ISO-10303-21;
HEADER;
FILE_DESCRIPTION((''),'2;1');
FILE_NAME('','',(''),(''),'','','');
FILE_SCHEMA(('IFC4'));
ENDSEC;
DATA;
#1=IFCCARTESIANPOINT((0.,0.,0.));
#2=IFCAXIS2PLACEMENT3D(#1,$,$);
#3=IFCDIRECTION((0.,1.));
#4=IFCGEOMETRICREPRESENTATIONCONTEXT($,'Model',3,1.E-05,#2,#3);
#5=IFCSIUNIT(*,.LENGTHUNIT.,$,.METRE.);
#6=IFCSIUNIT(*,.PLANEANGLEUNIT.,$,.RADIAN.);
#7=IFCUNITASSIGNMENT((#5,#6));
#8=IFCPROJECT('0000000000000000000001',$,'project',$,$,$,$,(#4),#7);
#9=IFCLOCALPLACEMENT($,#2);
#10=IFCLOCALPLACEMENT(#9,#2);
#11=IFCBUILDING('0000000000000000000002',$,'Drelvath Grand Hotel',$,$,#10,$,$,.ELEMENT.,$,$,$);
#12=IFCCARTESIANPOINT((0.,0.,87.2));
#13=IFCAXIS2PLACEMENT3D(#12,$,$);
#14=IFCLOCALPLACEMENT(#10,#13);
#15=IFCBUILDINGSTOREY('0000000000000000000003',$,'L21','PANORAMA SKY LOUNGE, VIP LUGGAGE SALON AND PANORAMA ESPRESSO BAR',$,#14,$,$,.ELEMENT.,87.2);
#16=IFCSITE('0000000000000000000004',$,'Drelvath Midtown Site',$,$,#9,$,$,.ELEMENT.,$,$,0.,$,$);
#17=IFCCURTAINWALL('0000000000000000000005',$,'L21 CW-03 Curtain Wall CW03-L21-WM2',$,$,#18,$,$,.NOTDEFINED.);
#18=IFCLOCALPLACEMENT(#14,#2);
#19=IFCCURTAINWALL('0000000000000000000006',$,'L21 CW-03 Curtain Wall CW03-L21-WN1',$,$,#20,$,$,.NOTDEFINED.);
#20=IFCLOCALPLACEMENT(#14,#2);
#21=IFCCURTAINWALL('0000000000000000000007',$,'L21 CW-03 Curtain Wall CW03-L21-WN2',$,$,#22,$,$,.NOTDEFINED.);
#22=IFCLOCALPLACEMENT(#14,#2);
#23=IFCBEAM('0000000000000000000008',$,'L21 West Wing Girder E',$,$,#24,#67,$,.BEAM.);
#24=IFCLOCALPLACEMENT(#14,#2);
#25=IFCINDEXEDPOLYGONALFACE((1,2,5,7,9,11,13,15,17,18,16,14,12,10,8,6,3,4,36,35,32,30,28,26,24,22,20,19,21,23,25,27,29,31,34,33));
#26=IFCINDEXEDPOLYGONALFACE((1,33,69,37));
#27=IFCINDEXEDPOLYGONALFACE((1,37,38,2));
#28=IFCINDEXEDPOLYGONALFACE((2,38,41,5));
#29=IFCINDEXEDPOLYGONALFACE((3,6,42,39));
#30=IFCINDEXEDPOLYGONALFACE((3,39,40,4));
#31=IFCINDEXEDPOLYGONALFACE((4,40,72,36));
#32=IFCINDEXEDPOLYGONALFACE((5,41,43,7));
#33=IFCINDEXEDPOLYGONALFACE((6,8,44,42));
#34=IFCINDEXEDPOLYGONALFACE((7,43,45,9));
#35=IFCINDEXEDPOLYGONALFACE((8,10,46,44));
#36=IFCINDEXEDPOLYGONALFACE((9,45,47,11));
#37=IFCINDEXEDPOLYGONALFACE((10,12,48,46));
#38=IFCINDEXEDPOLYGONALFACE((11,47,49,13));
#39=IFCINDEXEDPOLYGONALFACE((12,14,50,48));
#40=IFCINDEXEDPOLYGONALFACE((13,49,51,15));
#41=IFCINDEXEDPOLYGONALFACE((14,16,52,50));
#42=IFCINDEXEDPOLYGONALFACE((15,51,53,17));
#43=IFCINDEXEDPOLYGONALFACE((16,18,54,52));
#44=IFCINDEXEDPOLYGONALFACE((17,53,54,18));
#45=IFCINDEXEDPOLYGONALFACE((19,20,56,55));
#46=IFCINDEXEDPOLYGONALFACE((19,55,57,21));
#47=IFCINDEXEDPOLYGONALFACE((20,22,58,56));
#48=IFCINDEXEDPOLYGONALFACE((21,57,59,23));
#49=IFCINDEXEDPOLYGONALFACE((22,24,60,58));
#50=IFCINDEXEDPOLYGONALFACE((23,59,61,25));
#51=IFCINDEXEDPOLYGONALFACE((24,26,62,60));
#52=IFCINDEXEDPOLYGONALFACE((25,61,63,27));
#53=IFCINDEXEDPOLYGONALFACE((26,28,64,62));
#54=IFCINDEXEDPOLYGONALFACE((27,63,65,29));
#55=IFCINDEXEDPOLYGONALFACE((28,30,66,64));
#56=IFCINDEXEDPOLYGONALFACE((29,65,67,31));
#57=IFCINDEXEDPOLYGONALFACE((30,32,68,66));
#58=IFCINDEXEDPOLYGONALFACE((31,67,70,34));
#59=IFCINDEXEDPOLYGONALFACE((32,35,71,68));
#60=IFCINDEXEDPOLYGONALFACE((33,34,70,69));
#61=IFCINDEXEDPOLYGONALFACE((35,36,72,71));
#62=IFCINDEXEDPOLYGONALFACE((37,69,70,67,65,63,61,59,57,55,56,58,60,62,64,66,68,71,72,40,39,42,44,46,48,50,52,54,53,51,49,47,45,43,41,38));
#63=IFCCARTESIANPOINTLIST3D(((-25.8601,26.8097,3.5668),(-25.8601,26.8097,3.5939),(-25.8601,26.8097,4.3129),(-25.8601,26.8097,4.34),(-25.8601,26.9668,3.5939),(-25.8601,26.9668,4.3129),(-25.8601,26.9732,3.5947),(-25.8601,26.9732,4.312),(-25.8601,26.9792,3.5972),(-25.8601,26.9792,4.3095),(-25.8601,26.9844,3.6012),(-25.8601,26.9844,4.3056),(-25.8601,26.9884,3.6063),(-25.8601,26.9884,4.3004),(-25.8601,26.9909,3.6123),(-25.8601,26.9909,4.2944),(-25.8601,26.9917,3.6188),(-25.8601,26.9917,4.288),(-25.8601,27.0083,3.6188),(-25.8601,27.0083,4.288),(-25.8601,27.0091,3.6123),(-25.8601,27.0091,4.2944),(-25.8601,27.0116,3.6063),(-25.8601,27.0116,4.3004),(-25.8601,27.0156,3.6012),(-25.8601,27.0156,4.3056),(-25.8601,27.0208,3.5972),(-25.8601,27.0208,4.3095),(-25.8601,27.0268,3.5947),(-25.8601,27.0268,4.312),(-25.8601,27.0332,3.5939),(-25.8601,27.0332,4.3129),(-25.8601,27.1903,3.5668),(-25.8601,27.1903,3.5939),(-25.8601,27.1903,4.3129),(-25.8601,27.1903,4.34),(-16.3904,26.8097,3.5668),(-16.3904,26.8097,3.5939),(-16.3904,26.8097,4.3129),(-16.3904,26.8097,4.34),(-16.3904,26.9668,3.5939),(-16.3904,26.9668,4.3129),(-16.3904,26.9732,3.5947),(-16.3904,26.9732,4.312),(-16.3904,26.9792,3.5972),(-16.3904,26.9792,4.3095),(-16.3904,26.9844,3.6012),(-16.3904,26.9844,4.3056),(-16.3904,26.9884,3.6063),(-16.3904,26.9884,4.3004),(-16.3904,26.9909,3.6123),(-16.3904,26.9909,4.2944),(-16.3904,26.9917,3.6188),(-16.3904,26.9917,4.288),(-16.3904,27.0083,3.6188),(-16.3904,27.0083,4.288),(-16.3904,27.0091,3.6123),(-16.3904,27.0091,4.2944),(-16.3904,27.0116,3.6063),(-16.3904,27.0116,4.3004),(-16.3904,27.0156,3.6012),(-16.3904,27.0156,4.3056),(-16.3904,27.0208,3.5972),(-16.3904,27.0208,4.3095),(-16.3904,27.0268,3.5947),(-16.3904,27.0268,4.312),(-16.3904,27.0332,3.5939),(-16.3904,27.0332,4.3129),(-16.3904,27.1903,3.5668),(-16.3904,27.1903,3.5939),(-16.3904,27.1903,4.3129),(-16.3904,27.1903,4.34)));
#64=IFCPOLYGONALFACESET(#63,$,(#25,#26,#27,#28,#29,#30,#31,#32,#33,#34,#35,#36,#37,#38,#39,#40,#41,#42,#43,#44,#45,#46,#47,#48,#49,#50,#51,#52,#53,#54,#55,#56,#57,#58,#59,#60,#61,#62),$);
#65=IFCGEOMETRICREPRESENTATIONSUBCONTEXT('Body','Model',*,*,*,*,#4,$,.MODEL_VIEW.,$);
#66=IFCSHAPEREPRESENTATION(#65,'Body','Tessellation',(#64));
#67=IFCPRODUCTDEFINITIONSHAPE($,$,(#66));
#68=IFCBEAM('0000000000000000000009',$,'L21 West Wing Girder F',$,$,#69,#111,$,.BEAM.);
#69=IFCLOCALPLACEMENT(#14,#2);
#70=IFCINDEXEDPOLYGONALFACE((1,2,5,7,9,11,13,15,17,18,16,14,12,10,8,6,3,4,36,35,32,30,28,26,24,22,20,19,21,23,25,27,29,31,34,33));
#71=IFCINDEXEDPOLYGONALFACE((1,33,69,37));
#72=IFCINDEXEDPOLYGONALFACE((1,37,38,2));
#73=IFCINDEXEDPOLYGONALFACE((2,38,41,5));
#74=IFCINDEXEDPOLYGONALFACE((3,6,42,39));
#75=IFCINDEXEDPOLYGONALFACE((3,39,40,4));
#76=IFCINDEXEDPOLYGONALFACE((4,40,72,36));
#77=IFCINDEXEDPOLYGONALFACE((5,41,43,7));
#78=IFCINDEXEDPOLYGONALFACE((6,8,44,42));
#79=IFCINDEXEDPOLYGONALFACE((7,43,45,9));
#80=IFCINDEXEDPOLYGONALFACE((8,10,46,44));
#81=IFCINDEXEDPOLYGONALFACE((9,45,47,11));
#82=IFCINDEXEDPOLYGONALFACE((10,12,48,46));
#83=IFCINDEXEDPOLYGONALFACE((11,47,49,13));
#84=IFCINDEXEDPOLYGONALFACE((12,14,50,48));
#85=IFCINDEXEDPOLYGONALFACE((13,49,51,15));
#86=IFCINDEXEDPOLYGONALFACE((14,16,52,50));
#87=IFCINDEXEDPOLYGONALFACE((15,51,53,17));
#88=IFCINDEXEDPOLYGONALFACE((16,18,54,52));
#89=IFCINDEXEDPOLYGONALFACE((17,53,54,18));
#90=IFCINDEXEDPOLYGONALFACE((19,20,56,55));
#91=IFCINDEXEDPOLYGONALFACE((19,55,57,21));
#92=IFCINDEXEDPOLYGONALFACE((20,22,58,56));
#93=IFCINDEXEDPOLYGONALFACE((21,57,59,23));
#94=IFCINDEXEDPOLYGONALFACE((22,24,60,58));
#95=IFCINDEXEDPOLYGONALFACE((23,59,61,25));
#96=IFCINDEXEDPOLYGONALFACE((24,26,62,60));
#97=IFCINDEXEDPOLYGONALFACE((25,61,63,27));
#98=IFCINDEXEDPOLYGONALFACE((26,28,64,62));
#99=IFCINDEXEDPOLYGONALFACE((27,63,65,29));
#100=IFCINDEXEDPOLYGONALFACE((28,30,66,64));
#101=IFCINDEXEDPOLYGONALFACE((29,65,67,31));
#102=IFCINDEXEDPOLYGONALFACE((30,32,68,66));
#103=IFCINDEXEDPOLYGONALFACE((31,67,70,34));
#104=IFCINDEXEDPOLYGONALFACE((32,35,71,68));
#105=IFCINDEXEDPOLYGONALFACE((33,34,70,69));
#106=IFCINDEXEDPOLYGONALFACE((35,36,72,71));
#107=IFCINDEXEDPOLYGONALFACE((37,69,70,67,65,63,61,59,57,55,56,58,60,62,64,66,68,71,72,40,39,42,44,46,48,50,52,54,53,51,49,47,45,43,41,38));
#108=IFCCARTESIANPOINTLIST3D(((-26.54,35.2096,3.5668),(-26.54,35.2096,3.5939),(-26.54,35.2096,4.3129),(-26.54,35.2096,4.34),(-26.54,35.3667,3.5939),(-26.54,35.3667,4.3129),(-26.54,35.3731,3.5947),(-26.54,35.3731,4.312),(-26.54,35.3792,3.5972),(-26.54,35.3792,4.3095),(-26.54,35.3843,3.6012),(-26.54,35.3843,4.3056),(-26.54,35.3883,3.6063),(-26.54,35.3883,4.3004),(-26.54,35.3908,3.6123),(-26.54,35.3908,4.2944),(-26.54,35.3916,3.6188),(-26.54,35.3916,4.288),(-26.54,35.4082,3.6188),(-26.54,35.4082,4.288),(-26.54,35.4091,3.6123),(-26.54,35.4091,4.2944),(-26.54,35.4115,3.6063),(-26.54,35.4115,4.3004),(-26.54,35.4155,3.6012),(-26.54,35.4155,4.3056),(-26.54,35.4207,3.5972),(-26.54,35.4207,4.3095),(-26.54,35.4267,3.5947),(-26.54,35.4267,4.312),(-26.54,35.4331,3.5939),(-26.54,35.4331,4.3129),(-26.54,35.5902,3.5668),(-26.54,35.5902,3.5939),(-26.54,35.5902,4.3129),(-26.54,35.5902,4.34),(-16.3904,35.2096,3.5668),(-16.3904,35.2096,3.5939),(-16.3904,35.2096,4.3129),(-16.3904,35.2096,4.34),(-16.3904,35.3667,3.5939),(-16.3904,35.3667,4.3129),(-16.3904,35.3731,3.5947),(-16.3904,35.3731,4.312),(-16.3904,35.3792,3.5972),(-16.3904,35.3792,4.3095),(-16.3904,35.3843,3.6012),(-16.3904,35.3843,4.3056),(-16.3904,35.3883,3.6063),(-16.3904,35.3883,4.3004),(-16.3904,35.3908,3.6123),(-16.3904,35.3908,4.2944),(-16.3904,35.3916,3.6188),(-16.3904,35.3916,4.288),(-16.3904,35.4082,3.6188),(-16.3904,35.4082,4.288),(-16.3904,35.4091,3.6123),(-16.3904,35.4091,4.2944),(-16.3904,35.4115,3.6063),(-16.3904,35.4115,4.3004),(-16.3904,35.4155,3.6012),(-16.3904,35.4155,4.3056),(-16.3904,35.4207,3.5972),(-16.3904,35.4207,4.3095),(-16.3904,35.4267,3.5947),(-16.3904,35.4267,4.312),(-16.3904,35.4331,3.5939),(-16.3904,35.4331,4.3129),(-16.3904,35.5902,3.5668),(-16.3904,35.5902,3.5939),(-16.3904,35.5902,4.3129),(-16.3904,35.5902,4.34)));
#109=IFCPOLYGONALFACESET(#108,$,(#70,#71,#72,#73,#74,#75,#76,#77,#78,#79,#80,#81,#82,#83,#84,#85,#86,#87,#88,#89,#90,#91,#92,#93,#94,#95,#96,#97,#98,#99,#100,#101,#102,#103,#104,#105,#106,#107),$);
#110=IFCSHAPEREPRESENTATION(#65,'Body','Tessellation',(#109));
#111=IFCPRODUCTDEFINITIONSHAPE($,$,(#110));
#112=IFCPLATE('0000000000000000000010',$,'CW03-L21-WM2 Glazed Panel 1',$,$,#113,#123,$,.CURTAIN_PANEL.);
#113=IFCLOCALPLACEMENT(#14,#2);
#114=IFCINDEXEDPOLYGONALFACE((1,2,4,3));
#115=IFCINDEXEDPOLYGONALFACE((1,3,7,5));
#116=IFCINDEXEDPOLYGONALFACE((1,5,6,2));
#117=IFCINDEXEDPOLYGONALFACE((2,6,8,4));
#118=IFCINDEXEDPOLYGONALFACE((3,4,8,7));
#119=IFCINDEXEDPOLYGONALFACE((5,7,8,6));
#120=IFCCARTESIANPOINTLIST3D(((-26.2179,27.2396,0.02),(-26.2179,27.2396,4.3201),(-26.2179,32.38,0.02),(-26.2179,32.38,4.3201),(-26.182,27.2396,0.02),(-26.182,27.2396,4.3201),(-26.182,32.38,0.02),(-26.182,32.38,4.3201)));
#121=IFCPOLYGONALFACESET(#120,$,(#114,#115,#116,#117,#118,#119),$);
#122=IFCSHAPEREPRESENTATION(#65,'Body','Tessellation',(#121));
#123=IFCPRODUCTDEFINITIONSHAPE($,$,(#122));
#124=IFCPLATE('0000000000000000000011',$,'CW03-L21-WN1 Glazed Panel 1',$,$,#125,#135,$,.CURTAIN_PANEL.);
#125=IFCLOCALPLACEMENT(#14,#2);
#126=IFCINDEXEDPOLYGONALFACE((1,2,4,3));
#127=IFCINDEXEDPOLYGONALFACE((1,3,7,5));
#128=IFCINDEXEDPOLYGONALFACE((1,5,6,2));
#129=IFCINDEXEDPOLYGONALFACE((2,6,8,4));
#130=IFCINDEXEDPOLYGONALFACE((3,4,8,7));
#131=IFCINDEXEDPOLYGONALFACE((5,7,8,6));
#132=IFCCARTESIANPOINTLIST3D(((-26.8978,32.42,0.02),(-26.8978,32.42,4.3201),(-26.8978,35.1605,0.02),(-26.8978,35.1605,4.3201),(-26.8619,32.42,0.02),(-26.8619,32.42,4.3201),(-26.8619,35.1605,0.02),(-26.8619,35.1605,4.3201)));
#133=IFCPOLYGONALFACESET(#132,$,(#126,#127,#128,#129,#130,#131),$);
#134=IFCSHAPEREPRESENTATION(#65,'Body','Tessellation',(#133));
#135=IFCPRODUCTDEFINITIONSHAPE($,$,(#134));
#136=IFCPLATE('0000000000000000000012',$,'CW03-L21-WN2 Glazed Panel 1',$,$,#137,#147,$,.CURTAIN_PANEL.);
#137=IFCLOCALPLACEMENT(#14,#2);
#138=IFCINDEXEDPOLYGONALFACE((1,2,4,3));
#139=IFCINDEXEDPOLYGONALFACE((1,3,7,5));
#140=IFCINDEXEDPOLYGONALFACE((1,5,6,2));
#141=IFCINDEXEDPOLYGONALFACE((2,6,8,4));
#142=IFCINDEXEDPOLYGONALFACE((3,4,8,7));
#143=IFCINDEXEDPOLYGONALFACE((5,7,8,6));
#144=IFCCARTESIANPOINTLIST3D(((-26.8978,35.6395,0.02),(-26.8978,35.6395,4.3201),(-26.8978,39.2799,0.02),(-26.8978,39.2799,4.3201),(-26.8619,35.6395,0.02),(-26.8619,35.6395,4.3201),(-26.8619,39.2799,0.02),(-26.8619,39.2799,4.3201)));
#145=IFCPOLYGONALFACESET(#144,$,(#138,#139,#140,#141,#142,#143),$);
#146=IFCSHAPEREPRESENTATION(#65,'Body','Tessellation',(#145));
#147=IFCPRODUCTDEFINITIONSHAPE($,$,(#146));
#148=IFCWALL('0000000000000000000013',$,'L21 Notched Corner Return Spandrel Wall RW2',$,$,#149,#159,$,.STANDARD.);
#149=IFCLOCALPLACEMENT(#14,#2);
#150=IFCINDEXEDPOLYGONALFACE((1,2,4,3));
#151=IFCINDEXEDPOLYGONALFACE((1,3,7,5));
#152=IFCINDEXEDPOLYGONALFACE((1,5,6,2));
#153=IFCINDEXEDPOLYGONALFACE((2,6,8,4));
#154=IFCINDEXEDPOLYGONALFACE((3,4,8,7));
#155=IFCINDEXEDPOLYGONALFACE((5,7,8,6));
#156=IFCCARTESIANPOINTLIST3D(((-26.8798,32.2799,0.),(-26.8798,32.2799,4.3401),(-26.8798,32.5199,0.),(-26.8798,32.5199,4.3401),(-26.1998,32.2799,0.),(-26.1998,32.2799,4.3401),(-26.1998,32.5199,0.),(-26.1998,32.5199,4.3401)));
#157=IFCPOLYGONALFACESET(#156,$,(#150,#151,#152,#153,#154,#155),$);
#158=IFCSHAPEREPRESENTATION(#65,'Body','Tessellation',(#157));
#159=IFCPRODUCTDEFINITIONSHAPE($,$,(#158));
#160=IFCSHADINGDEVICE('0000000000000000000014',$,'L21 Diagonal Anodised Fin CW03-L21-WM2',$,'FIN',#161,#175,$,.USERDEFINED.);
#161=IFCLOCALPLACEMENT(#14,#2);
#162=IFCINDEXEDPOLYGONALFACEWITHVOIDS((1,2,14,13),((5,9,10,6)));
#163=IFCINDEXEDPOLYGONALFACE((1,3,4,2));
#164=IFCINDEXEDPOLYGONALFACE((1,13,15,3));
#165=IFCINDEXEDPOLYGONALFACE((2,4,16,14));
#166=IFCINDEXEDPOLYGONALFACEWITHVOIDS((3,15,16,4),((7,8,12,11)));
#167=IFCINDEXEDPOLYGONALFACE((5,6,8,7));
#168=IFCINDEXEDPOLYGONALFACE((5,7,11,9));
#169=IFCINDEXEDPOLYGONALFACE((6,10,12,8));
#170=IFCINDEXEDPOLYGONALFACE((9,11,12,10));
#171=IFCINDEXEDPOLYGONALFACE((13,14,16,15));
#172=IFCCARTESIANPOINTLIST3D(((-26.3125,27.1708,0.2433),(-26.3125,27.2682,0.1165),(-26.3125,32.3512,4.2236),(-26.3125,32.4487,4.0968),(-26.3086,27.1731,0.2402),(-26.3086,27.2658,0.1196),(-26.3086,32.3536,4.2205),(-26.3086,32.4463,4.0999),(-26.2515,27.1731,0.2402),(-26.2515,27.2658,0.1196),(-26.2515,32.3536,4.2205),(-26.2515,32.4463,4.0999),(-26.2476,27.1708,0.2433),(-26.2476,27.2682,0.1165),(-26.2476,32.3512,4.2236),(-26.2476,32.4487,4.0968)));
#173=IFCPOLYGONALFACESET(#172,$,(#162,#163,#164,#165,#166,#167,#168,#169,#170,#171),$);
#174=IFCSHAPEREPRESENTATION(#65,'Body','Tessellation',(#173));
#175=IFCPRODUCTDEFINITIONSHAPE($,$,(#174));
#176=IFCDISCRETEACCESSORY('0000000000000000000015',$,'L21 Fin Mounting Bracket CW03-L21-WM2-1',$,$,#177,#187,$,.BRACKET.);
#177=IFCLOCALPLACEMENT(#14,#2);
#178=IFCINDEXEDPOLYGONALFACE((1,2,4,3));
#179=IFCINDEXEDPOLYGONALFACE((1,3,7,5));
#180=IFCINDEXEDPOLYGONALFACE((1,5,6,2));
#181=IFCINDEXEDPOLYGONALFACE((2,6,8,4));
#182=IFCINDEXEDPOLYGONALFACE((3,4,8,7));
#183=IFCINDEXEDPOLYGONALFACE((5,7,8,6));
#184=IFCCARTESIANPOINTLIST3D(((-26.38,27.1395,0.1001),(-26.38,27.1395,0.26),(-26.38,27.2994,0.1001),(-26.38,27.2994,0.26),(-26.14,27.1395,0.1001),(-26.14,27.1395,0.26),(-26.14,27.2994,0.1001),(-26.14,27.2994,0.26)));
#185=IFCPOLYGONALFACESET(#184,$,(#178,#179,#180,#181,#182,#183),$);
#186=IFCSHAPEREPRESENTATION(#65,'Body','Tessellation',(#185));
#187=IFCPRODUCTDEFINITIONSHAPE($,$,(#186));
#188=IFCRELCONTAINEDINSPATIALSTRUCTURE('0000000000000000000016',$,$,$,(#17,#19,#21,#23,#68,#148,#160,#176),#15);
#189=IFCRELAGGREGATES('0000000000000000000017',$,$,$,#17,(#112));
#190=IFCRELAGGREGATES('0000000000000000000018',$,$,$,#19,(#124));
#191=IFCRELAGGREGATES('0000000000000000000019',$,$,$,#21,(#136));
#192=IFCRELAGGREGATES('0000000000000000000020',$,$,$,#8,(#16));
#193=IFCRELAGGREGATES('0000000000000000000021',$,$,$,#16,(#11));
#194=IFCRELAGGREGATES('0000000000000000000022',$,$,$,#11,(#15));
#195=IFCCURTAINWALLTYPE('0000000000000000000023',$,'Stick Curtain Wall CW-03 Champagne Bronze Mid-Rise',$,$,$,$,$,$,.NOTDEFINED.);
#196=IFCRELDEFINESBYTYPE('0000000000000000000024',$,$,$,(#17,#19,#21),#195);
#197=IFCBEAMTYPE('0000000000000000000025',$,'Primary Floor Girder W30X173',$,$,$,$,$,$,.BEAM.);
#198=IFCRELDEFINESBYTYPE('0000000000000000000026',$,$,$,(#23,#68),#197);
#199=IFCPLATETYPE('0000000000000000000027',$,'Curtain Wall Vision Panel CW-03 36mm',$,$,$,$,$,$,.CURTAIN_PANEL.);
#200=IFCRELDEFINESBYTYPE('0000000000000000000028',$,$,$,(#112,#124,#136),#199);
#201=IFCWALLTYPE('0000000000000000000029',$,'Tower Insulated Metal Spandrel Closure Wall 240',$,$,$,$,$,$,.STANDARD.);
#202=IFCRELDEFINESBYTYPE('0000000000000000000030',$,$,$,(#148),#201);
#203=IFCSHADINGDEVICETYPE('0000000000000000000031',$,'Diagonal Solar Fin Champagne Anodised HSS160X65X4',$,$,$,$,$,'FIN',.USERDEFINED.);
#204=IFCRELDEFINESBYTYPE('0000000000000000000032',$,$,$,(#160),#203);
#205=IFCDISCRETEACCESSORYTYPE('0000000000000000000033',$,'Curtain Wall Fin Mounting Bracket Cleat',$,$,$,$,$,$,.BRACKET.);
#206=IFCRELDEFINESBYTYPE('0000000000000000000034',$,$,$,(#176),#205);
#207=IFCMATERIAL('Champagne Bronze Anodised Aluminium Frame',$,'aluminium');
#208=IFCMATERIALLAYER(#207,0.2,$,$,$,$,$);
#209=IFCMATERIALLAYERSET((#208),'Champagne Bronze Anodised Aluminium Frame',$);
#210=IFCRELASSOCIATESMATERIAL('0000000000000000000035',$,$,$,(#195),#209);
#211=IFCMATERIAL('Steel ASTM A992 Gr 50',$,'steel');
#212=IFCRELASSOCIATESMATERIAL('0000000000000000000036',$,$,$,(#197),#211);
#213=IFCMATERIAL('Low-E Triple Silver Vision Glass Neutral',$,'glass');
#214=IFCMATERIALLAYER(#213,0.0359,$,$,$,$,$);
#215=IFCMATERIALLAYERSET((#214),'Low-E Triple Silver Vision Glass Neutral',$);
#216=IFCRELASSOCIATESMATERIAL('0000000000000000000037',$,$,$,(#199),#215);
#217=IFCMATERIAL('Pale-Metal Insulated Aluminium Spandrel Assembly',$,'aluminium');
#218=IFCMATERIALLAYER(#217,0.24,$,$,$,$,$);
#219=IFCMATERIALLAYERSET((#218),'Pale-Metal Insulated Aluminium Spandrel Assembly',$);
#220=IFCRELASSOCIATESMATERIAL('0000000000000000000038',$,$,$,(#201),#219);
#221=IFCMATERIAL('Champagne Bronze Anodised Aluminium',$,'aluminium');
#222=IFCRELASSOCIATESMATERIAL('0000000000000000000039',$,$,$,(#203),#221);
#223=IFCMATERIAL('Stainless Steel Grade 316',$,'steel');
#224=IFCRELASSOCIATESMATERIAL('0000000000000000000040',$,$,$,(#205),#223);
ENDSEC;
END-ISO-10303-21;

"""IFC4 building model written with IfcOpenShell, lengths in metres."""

from ifc_helpers import new_model, si_unit, direction, frame, frame_2d, origin, origin_2d, place, context, subcontext, project, spatial, rectangle, hollow_rectangle, i_section, extrude, material, layer, layer_set, material_profile, profile_set, type_object, element, aggregate, save


model = new_model("IFC4")

# Units and contexts
model_context = context("Model", 3, precision=1e-05, world=origin(), true_north=direction((0.0, 1.0)))
body_context = subcontext(model_context, "Body", "Model", "MODEL_VIEW")
ifc_project = project(units=[si_unit("LENGTHUNIT", "METRE"), si_unit("PLANEANGLEUNIT", "RADIAN")], contexts=[model_context])

# Site, building, storey
site_placement = place(None, origin())
site = spatial("IfcSite", under=ifc_project, at=site_placement, Name="Drelvath Midtown Site", CompositionType="ELEMENT", RefElevation=0.0)
building_placement = place(site_placement, origin())
building = spatial("IfcBuilding", under=site, at=building_placement, Name="Drelvath Grand Hotel", CompositionType="ELEMENT")
storey_placement = place(building_placement, frame((0.0, 0.0, 87.2)))
storey = spatial("IfcBuildingStorey", under=building, at=storey_placement, Name="L21", Description="PANORAMA SKY LOUNGE, VIP LUGGAGE SALON AND PANORAMA ESPRESSO BAR", CompositionType="ELEMENT", Elevation=87.2)

# Curtain walls
ifc_material_1 = material(Name="Champagne Bronze Anodised Aluminium Frame", Category="aluminium")
ifc_layer_1 = layer(ifc_material_1, 0.2)
ifc_layer_set_1 = layer_set([ifc_layer_1], Name="Champagne Bronze Anodised Aluminium Frame")
curtain_wall_type = type_object("IfcCurtainWallType", Name="Stick Curtain Wall CW-03 Champagne Bronze Mid-Rise", PredefinedType="NOTDEFINED", material=ifc_layer_set_1)
curtain_wall_1_placement = place(storey_placement, origin())
curtain_wall_1 = element("IfcCurtainWall", 1, at=curtain_wall_1_placement, inside=storey, type_object=curtain_wall_type, Name="L21 CW-03 Curtain Wall CW03-L21-WM2", PredefinedType="NOTDEFINED")
curtain_wall_2_placement = place(storey_placement, origin())
curtain_wall_2 = element("IfcCurtainWall", 2, at=curtain_wall_2_placement, inside=storey, type_object=curtain_wall_type, Name="L21 CW-03 Curtain Wall CW03-L21-WN1", PredefinedType="NOTDEFINED")
curtain_wall_3_placement = place(storey_placement, origin())
curtain_wall_3 = element("IfcCurtainWall", 3, at=curtain_wall_3_placement, inside=storey, type_object=curtain_wall_type, Name="L21 CW-03 Curtain Wall CW03-L21-WN2", PredefinedType="NOTDEFINED")

# Beams
ifc_material_2 = material(Name="Steel ASTM A992 Gr 50", Category="steel")
ifc_material_profile_1 = material_profile(ifc_material_2, i_section(OverallWidth=0.3806, OverallDepth=0.7732, WebThickness=0.0166, FlangeThickness=0.0271, FilletRadius=0.0249, at=origin_2d()), Name="W30X173")
ifc_profile_set_1 = profile_set([ifc_material_profile_1], Name="Steel ASTM A992 Gr 50")
beam_type_1 = type_object("IfcBeamType", Name="Primary Floor Girder W30X173", PredefinedType="BEAM", material=ifc_profile_set_1)
beam_1_placement = place(storey_placement, frame((-25.8601, 27.0, 3.9534), z_axis=(1.0, 0.0, 0.0), x_axis=(0.0, 1.0, 0.0)))
element("IfcBeam", 4, at=beam_1_placement, inside=storey, type_object=beam_type_1, Name="L21 West Wing Girder E", PredefinedType="BEAM", context=body_context, shape_type="SweptSolid", body=[
    extrude(i_section(OverallWidth=0.3806, OverallDepth=0.7732, WebThickness=0.0166, FlangeThickness=0.0271, FilletRadius=0.0249, at=origin_2d()), origin(), (0.0, 0.0, 1.0), 9.4697),
])
beam_2_placement = place(storey_placement, frame((-26.54, 35.3999, 3.9534), z_axis=(1.0, 0.0, 0.0), x_axis=(0.0, 1.0, 0.0)))
element("IfcBeam", 5, at=beam_2_placement, inside=storey, type_object=beam_type_1, Name="L21 West Wing Girder F", PredefinedType="BEAM", context=body_context, shape_type="SweptSolid", body=[
    extrude(i_section(OverallWidth=0.3806, OverallDepth=0.7732, WebThickness=0.0166, FlangeThickness=0.0271, FilletRadius=0.0249, at=origin_2d()), origin(), (0.0, 0.0, 1.0), 10.1497),
])

# Plates
ifc_material_3 = material(Name="Low-E Triple Silver Vision Glass Neutral", Category="glass")
ifc_layer_2 = layer(ifc_material_3, 0.0359)
ifc_layer_set_2 = layer_set([ifc_layer_2], Name="Low-E Triple Silver Vision Glass Neutral")
plate_type = type_object("IfcPlateType", Name="Curtain Wall Vision Panel CW-03 36mm", PredefinedType="CURTAIN_PANEL", material=ifc_layer_set_2)
plate_1_placement = place(storey_placement, frame((-26.2, 29.8098, 0.02), z_axis=(0.0, 0.0, 1.0), x_axis=(0.0, 1.0, 0.0)))
plate_1 = element("IfcPlate", 6, at=plate_1_placement, type_object=plate_type, Name="CW03-L21-WM2 Glazed Panel 1", PredefinedType="CURTAIN_PANEL", context=body_context, shape_type="SweptSolid", body=[
    extrude(rectangle(XDim=5.1404, YDim=0.0359, at=origin_2d()), origin(), (0.0, 0.0, 1.0), 4.3),
])
aggregate(curtain_wall_1, [plate_1])
plate_2_placement = place(storey_placement, frame((-26.8799, 33.7903, 0.02), z_axis=(0.0, 0.0, 1.0), x_axis=(0.0, 1.0, 0.0)))
plate_2 = element("IfcPlate", 7, at=plate_2_placement, type_object=plate_type, Name="CW03-L21-WN1 Glazed Panel 1", PredefinedType="CURTAIN_PANEL", context=body_context, shape_type="SweptSolid", body=[
    extrude(rectangle(XDim=2.7405, YDim=0.0359, at=origin_2d()), origin(), (0.0, 0.0, 1.0), 4.3),
])
aggregate(curtain_wall_2, [plate_2])
plate_3_placement = place(storey_placement, frame((-26.8799, 37.4597, 0.02), z_axis=(0.0, 0.0, 1.0), x_axis=(0.0, 1.0, 0.0)))
plate_3 = element("IfcPlate", 8, at=plate_3_placement, type_object=plate_type, Name="CW03-L21-WN2 Glazed Panel 1", PredefinedType="CURTAIN_PANEL", context=body_context, shape_type="SweptSolid", body=[
    extrude(rectangle(XDim=3.6404, YDim=0.0359, at=origin_2d()), origin(), (0.0, 0.0, 1.0), 4.3),
])
aggregate(curtain_wall_3, [plate_3])

# Wall
ifc_material_4 = material(Name="Pale-Metal Insulated Aluminium Spandrel Assembly", Category="aluminium")
ifc_layer_3 = layer(ifc_material_4, 0.24)
ifc_layer_set_3 = layer_set([ifc_layer_3], Name="Pale-Metal Insulated Aluminium Spandrel Assembly")
wall_type = type_object("IfcWallType", Name="Tower Insulated Metal Spandrel Closure Wall 240", PredefinedType="STANDARD", material=ifc_layer_set_3)
wall_placement = place(storey_placement, frame((-26.2, 32.3999, 0.0), z_axis=(0.0, 0.0, 1.0), x_axis=(-1.0, 0.0, 0.0)))
element("IfcWall", 9, at=wall_placement, inside=storey, type_object=wall_type, Name="L21 Notched Corner Return Spandrel Wall RW2", PredefinedType="STANDARD", context=body_context, shape_type="SweptSolid", body=[
    extrude(rectangle(XDim=0.6799, YDim=0.24, at=frame_2d((0.3398, 0.0))), origin(), (0.0, 0.0, 1.0), 4.3401),
])

# Shading device
ifc_material_5 = material(Name="Champagne Bronze Anodised Aluminium", Category="aluminium")
ifc_material_profile_2 = material_profile(ifc_material_5, hollow_rectangle(XDim=0.0649, YDim=0.1599, WallThickness=0.0039, at=origin_2d()), Name="HSS160X65X4")
ifc_profile_set_2 = profile_set([ifc_material_profile_2], Name="Champagne Bronze Anodised Aluminium")
shading_device_type = type_object("IfcShadingDeviceType", Name="Diagonal Solar Fin Champagne Anodised HSS160X65X4", ElementType="FIN", PredefinedType="USERDEFINED", material=ifc_profile_set_2)
shading_device_placement = place(storey_placement, frame((-26.28, 27.2195, 0.1799), z_axis=(0.0, 0.792973, 0.609257), x_axis=(-1.0, 0.0, 0.0)))
element("IfcShadingDevice", 10, at=shading_device_placement, inside=storey, type_object=shading_device_type, Name="L21 Diagonal Anodised Fin CW03-L21-WM2", ObjectType="FIN", PredefinedType="USERDEFINED", context=body_context, shape_type="SweptSolid", body=[
    extrude(hollow_rectangle(XDim=0.0649, YDim=0.1599, WallThickness=0.0039, at=origin_2d()), origin(), (0.0, 0.0, 1.0), 6.533),
])

# Discrete accessory
ifc_material_6 = material(Name="Stainless Steel Grade 316", Category="steel")
discrete_accessory_type = type_object("IfcDiscreteAccessoryType", Name="Curtain Wall Fin Mounting Bracket Cleat", PredefinedType="BRACKET", material=ifc_material_6)
discrete_accessory_placement = place(storey_placement, frame((-26.26, 27.2195, 0.1001), z_axis=(0.0, 0.0, 1.0), x_axis=(0.0, 1.0, 0.0)))
element("IfcDiscreteAccessory", 11, at=discrete_accessory_placement, inside=storey, type_object=discrete_accessory_type, Name="L21 Fin Mounting Bracket CW03-L21-WM2-1", PredefinedType="BRACKET", context=body_context, shape_type="SweptSolid", body=[
    extrude(rectangle(XDim=0.1599, YDim=0.24, at=origin_2d()), origin(), (0.0, 0.0, 1.0), 0.1599),
])

save(model, "model.ifc")
